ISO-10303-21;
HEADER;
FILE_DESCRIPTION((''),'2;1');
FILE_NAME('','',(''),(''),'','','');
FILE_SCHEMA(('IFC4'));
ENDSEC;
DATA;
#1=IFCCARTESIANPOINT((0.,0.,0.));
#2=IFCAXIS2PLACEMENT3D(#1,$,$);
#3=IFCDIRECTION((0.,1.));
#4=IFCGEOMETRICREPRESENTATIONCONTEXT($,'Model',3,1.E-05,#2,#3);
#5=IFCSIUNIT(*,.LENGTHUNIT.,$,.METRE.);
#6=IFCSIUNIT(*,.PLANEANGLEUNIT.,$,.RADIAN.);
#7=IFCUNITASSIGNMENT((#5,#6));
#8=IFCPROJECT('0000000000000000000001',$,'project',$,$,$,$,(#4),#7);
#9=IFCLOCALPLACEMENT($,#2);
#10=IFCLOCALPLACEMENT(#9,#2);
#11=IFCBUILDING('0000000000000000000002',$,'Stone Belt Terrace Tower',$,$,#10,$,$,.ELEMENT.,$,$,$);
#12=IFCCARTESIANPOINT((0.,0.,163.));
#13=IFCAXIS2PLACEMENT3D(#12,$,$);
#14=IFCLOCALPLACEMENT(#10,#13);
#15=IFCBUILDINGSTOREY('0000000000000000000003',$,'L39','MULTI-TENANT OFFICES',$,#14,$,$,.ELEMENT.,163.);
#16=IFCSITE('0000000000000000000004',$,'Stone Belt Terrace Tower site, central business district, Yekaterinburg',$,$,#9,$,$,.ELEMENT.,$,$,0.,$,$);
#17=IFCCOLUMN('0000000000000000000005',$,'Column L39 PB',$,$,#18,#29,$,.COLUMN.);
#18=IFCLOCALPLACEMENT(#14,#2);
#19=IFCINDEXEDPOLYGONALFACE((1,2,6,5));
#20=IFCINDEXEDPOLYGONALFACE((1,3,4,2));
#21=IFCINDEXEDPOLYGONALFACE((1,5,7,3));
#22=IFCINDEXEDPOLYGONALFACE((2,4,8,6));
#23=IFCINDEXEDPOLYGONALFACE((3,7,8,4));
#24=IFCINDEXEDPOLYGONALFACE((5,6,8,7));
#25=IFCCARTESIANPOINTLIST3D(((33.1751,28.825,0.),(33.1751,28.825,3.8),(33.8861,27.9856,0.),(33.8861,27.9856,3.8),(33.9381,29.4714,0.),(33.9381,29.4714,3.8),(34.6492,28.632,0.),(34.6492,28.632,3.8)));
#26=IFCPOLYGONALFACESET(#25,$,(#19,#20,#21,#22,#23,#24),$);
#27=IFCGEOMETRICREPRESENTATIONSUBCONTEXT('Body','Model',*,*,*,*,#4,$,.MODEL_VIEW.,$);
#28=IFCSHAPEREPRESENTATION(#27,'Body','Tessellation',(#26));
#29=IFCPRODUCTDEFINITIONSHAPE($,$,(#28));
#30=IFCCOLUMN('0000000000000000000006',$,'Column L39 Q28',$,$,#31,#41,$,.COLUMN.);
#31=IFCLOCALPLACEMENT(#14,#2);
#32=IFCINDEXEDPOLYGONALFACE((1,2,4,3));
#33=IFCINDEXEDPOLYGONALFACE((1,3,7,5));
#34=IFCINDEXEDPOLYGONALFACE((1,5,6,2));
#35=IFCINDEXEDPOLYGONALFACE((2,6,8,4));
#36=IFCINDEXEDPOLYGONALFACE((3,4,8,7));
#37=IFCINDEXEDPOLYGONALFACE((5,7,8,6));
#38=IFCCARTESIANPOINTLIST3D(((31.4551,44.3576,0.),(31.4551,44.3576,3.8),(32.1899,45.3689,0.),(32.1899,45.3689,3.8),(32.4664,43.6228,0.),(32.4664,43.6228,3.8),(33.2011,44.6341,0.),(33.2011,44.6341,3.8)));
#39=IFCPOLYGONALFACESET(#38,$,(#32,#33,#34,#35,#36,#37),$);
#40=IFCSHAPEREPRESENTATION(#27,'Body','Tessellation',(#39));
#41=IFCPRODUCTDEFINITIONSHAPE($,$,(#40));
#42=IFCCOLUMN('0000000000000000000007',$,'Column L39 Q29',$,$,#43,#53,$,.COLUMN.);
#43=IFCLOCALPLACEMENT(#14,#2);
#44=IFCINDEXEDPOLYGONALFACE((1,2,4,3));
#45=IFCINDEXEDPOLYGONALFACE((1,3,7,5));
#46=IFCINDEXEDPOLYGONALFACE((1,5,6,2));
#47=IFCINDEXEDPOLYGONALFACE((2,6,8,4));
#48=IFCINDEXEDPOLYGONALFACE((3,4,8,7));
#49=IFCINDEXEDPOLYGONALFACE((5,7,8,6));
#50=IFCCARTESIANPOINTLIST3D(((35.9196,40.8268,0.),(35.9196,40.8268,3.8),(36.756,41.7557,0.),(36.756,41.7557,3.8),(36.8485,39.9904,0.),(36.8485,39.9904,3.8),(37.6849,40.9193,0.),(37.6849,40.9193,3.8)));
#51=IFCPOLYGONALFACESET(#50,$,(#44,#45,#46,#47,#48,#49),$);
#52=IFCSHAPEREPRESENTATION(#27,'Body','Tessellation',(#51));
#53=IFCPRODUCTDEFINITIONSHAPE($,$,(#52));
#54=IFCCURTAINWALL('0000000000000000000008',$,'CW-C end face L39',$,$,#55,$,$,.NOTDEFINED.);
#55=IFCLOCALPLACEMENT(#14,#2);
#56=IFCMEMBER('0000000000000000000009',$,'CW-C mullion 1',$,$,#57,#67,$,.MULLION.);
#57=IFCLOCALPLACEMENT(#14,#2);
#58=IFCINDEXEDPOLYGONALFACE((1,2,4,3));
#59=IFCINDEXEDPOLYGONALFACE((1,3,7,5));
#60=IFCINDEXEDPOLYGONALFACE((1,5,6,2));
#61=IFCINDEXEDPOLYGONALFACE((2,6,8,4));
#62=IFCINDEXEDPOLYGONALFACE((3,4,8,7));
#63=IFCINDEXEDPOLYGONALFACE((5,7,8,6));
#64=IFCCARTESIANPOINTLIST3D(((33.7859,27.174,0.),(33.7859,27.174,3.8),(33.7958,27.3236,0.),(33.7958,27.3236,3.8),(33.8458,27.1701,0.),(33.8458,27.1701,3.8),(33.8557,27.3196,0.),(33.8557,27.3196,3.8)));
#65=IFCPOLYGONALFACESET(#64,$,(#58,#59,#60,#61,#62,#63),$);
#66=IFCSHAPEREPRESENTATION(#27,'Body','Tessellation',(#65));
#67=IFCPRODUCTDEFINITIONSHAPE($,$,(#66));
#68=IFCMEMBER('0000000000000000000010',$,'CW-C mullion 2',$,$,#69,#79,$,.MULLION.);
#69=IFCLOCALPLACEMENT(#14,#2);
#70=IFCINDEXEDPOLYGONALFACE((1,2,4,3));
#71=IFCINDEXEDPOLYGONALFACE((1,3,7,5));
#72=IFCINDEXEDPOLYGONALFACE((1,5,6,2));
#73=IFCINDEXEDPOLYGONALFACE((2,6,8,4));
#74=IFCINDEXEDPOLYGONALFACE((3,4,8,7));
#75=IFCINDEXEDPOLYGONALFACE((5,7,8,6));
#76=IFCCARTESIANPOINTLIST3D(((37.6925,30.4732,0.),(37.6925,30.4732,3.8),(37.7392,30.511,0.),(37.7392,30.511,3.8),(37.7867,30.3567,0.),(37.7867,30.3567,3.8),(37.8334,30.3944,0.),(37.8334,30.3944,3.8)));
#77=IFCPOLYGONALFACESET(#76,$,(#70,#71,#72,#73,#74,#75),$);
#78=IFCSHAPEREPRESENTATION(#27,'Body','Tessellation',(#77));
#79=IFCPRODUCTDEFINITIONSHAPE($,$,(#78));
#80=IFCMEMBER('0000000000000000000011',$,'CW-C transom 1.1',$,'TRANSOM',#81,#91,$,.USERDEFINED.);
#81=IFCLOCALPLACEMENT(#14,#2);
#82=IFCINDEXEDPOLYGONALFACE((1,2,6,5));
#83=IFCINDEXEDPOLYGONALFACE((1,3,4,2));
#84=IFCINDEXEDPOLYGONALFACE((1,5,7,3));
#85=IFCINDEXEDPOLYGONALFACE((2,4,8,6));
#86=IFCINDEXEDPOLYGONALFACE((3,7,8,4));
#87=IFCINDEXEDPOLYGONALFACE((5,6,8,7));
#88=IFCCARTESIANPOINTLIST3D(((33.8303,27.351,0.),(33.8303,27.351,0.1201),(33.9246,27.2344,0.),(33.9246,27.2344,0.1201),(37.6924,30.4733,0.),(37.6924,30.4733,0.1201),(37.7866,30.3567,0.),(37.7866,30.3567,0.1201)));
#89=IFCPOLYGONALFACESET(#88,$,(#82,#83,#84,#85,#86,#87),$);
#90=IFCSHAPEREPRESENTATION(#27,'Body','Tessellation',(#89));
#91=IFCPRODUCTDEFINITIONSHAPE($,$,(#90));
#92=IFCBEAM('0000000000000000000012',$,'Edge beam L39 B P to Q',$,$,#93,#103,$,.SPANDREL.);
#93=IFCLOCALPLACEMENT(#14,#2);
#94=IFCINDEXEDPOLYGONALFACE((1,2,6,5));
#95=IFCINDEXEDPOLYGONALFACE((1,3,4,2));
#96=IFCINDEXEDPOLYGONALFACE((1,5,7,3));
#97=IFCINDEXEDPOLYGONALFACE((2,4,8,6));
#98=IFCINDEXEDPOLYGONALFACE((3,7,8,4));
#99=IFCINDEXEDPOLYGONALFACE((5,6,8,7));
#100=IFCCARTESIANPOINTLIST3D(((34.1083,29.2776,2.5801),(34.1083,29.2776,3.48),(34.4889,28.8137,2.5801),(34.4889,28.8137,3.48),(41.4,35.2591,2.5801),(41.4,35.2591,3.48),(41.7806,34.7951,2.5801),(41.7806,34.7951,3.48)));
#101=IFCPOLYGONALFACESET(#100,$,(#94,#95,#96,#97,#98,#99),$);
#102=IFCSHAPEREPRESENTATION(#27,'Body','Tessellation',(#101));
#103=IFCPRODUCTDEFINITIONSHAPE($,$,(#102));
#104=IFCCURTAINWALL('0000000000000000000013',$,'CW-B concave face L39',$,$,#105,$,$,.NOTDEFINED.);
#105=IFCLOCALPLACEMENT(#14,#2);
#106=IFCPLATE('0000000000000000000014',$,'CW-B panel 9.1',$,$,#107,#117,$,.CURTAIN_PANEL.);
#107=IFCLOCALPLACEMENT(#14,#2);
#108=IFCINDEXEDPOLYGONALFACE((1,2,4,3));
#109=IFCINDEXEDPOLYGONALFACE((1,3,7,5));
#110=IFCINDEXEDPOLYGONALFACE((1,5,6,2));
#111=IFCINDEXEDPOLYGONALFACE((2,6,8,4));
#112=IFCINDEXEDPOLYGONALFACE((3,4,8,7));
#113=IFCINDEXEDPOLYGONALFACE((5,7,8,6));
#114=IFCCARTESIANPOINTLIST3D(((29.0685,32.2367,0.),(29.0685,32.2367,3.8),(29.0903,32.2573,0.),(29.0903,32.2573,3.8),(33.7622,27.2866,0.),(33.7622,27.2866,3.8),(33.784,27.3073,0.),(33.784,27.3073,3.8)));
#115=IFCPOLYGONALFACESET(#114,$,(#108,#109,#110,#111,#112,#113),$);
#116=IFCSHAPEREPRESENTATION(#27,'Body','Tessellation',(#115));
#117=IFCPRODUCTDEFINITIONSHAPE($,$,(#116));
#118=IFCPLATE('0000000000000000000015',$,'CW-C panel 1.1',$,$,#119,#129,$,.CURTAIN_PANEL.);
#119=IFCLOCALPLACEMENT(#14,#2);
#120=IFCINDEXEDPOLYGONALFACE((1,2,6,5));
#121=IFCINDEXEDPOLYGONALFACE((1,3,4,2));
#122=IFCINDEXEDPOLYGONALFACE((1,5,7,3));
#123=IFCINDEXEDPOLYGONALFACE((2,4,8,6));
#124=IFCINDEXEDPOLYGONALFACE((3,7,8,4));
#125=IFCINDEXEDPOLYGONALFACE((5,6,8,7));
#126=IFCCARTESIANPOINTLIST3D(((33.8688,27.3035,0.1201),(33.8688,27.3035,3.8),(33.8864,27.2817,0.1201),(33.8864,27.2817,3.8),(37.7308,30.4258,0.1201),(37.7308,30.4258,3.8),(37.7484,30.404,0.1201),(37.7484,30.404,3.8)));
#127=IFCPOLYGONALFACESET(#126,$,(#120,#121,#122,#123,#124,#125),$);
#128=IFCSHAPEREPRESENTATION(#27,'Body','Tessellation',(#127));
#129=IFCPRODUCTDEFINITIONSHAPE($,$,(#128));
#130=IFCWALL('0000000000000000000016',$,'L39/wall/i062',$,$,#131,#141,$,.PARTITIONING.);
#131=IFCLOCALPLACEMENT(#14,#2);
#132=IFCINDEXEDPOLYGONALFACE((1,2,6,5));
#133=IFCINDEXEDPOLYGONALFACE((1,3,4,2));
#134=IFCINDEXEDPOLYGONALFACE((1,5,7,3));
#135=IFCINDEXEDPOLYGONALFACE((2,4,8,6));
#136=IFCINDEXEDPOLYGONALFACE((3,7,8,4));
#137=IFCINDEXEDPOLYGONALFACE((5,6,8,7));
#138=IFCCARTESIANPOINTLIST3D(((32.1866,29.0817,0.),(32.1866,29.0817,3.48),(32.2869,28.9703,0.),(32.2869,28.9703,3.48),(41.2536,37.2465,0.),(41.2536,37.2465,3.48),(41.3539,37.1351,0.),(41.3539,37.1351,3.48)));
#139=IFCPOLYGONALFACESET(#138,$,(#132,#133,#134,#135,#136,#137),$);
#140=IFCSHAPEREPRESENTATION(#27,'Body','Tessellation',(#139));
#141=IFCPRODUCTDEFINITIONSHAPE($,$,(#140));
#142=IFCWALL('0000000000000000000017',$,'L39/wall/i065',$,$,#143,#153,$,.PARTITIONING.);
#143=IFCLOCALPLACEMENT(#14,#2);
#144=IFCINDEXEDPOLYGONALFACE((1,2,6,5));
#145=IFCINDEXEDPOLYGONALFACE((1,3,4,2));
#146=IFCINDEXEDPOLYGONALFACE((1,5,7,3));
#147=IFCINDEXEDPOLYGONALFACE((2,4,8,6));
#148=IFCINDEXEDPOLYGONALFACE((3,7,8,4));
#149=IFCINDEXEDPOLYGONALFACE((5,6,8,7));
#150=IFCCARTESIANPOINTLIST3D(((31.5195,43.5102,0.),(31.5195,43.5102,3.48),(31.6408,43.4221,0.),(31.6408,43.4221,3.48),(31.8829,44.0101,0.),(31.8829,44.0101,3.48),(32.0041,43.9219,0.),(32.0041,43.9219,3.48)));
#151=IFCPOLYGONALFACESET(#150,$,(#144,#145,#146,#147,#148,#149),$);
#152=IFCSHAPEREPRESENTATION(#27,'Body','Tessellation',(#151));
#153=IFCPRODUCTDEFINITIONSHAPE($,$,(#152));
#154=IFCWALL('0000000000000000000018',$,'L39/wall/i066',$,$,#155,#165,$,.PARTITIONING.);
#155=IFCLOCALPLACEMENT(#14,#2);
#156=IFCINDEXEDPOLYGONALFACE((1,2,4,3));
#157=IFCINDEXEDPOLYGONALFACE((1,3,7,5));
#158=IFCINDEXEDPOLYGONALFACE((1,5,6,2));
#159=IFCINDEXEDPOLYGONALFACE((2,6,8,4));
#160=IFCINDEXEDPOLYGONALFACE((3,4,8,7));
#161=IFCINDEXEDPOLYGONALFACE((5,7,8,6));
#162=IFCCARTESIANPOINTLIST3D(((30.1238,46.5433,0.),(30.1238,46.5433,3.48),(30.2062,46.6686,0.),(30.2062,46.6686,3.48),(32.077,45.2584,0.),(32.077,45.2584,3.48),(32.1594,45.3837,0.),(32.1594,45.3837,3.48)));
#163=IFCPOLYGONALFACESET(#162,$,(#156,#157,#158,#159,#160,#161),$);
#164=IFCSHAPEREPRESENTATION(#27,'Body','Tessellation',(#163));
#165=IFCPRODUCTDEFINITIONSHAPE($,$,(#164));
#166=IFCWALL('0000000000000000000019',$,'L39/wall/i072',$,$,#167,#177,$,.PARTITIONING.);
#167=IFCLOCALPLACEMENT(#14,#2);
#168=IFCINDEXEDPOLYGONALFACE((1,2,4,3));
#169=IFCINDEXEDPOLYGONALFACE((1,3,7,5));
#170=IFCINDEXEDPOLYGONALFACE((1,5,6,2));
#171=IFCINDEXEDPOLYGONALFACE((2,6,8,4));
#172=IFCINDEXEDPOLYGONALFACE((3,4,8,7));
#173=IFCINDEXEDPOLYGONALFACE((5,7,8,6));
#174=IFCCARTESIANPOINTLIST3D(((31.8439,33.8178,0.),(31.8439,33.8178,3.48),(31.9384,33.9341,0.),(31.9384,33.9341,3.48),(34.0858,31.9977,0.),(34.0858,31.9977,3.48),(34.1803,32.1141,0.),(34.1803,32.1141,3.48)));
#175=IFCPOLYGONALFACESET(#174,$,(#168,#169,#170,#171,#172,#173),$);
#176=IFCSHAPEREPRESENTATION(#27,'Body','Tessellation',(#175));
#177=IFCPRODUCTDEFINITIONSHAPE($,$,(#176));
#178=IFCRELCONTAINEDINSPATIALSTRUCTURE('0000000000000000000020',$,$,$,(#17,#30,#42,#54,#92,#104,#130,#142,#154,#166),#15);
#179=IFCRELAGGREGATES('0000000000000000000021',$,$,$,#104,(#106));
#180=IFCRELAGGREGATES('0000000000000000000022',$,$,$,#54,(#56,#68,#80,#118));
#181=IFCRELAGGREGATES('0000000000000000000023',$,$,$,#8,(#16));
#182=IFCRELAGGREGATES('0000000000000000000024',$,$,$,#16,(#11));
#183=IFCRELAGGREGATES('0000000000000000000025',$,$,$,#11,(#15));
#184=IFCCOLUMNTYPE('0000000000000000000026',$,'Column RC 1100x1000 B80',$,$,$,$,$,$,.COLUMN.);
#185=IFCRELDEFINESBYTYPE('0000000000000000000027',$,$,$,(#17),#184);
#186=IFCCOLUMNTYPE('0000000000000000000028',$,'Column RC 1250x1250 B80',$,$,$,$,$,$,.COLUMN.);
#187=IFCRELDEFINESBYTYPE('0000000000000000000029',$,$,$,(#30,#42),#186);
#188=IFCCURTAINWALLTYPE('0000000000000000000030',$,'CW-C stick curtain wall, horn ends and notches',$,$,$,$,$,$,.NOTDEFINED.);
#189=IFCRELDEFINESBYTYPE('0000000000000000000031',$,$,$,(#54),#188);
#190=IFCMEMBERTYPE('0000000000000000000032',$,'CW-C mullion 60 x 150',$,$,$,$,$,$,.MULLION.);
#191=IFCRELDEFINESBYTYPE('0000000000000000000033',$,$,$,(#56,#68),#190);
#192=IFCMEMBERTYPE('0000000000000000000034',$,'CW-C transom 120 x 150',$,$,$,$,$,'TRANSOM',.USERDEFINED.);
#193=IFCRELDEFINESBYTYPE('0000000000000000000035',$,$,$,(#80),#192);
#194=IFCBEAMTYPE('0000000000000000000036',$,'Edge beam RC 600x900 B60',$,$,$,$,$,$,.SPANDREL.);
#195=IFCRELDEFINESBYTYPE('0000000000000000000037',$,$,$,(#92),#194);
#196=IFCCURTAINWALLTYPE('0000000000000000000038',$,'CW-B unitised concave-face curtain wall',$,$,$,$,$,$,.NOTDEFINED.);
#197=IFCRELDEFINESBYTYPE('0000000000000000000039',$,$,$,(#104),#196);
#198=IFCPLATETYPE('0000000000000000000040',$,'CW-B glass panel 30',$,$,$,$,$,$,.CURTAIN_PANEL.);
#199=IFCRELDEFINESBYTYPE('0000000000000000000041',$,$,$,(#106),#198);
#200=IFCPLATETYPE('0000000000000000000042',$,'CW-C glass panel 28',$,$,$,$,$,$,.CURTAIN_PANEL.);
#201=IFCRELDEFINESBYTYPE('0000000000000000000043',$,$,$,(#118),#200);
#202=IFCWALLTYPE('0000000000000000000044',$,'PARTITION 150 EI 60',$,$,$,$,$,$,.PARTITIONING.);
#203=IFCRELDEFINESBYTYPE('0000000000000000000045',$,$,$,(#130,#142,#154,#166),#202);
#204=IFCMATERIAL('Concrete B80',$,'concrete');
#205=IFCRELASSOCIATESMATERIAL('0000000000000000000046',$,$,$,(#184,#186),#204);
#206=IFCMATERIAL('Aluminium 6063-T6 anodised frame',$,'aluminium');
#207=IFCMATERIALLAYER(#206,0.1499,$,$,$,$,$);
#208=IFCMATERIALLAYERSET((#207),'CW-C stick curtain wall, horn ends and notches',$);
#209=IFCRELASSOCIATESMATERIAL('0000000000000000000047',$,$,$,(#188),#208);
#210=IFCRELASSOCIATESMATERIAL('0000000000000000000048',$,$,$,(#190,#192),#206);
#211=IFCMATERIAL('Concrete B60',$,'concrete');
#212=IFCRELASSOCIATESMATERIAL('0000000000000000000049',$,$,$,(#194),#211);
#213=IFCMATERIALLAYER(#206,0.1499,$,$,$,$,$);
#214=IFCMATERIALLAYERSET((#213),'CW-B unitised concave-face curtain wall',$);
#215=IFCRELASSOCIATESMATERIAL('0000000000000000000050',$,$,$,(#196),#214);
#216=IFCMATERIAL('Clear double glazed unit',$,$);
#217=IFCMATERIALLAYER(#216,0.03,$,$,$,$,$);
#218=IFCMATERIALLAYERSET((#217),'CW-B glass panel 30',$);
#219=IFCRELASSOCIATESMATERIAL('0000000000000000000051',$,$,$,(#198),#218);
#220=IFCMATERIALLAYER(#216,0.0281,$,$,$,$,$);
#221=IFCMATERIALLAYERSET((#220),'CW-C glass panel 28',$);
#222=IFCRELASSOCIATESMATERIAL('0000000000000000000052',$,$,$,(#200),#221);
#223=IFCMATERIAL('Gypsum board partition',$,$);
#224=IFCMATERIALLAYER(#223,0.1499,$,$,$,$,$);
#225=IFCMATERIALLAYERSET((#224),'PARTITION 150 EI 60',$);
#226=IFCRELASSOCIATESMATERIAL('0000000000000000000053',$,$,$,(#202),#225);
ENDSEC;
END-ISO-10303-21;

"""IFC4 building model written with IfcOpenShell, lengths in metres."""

from ifc_helpers import new_model, si_unit, direction, frame, frame_2d, origin, origin_2d, place, context, subcontext, project, spatial, rectangle, extrude, material, layer, layer_set, material_profile, profile_set, type_object, element, aggregate, save


model = new_model("IFC4")

# Units and contexts
model_context = context("Model", 3, precision=1e-05, world=origin(), true_north=direction((0.0, 1.0)))
body_context = subcontext(model_context, "Body", "Model", "MODEL_VIEW")
ifc_project = project(units=[si_unit("LENGTHUNIT", "METRE"), si_unit("PLANEANGLEUNIT", "RADIAN")], contexts=[model_context])

# Site, building, storey
site_placement = place(None, origin())
site = spatial("IfcSite", under=ifc_project, at=site_placement, Name="Stone Belt Terrace Tower site, central business district, Yekaterinburg", CompositionType="ELEMENT", RefElevation=0.0)
building_placement = place(site_placement, origin())
building = spatial("IfcBuilding", under=site, at=building_placement, Name="Stone Belt Terrace Tower", CompositionType="ELEMENT")
storey_placement = place(building_placement, frame((0.0, 0.0, 163.0)))
storey = spatial("IfcBuildingStorey", under=building, at=storey_placement, Name="L39", Description="MULTI-TENANT OFFICES", CompositionType="ELEMENT", Elevation=163.0)

# Columns
ifc_material_1 = material(Name="Concrete B80", Category="concrete")
ifc_material_profile_1 = material_profile(ifc_material_1, rectangle(XDim=1.1001, YDim=1.0, at=origin_2d()), Name="RC 1100x1000")
ifc_profile_set_1 = profile_set([ifc_material_profile_1], Name="Concrete B80")
column_type_1 = type_object("IfcColumnType", Name="Column RC 1100x1000 B80", PredefinedType="COLUMN", material=ifc_profile_set_1)
column_placement = place(storey_placement, frame((33.9121, 28.7285, 0.0), z_axis=(0.0, 0.0, 1.0), x_axis=(0.646385, -0.763011, 0.0)))
element("IfcColumn", 1, at=column_placement, inside=storey, type_object=column_type_1, Name="Column L39 PB", PredefinedType="COLUMN", context=body_context, shape_type="SweptSolid", body=[
    extrude(rectangle(XDim=1.1001, YDim=1.0, at=origin_2d()), origin(), (0.0, 0.0, 1.0), 3.8),
])
ifc_material_profile_2 = material_profile(ifc_material_1, rectangle(XDim=1.25, YDim=1.25, at=origin_2d()), Name="RC 1250x1250")
ifc_profile_set_2 = profile_set([ifc_material_profile_2], Name="Concrete B80")
column_type_2 = type_object("IfcColumnType", Name="Column RC 1250x1250 B80", PredefinedType="COLUMN", material=ifc_profile_set_2)
for number, where, z_axis, x_axis, name in (
    (2, (32.3281, 44.4958, 0.0), (0.0, 0.0, 1.0), (0.809017, -0.587785, 0.0), "Column L39 Q28"),
    (3, (36.8022, 40.873, 0.0), (0.0, 0.0, 1.0), (0.743145, -0.669131, 0.0), "Column L39 Q29"),
):
    element("IfcColumn", number, at=place(storey_placement, frame(where, z_axis=z_axis, x_axis=x_axis)), inside=storey, type_object=column_type_2, Name=name, PredefinedType="COLUMN", context=body_context, shape_type="SweptSolid", body=[
        extrude(rectangle(XDim=1.25, YDim=1.25, at=origin_2d()), origin(), (0.0, 0.0, 1.0), 3.8),
    ])

# Curtain wall, members
ifc_material_2 = material(Name="Aluminium 6063-T6 anodised frame", Category="aluminium")
ifc_layer_1 = layer(ifc_material_2, 0.1499)
ifc_layer_set_1 = layer_set([ifc_layer_1], Name="CW-C stick curtain wall, horn ends and notches")
curtain_wall_type_1 = type_object("IfcCurtainWallType", Name="CW-C stick curtain wall, horn ends and notches", PredefinedType="NOTDEFINED", material=ifc_layer_set_1)
curtain_wall_1_placement = place(storey_placement, origin())
curtain_wall_1 = element("IfcCurtainWall", 4, at=curtain_wall_1_placement, inside=storey, type_object=curtain_wall_type_1, Name="CW-C end face L39", PredefinedType="NOTDEFINED")
ifc_material_profile_3 = material_profile(ifc_material_2, rectangle(XDim=0.1499, YDim=0.0601, at=origin_2d()), Name="Aluminium 6063-T6 60x150")
ifc_profile_set_3 = profile_set([ifc_material_profile_3], Name="Aluminium 6063-T6 anodised frame")
member_type_1 = type_object("IfcMemberType", Name="CW-C mullion 60 x 150", PredefinedType="MULLION", material=ifc_profile_set_3)
member_1_placement = place(storey_placement, frame((33.8208, 27.2468, 0.0), z_axis=(0.0, 0.0, 1.0), x_axis=(0.065995, 0.99782, 0.0)))
member_1 = element("IfcMember", 5, at=member_1_placement, type_object=member_type_1, Name="CW-C mullion 1", PredefinedType="MULLION", context=body_context, shape_type="SweptSolid", body=[
    extrude(rectangle(XDim=0.1499, YDim=0.0601, at=origin_2d()), origin(), (0.0, 0.0, 1.0), 3.8),
])
member_2_placement = place(storey_placement, frame((37.7629, 30.4338, 0.0), z_axis=(0.0, 0.0, 1.0), x_axis=(-0.628705, 0.777644, 0.0)))
member_2 = element("IfcMember", 6, at=member_2_placement, type_object=member_type_1, Name="CW-C mullion 2", PredefinedType="MULLION", context=body_context, shape_type="SweptSolid", body=[
    extrude(rectangle(XDim=0.1499, YDim=0.0601, at=origin_2d()), origin(), (0.0, 0.0, 1.0), 3.8),
])
ifc_material_profile_4 = material_profile(ifc_material_2, rectangle(XDim=0.1499, YDim=0.1201, at=origin_2d()), Name="Aluminium 6063-T6 150x120")
ifc_profile_set_4 = profile_set([ifc_material_profile_4], Name="Aluminium 6063-T6 anodised frame")
member_type_2 = type_object("IfcMemberType", Name="CW-C transom 120 x 150", ElementType="TRANSOM", PredefinedType="USERDEFINED", material=ifc_profile_set_4)
member_3_placement = place(storey_placement, frame((33.8774, 27.2927, 0.0601), z_axis=(0.77765, 0.628697, 0.0), x_axis=(-0.628697, 0.77765, 0.0)))
member_3 = element("IfcMember", 7, at=member_3_placement, type_object=member_type_2, Name="CW-C transom 1.1", ObjectType="TRANSOM", PredefinedType="USERDEFINED", context=body_context, shape_type="SweptSolid", body=[
    extrude(rectangle(XDim=0.1499, YDim=0.1201, at=origin_2d()), origin(), (0.0, 0.0, 1.0), 4.9663),
])

# Beam
ifc_material_3 = material(Name="Concrete B60", Category="concrete")
ifc_material_profile_5 = material_profile(ifc_material_3, rectangle(XDim=0.6001, YDim=0.8999, at=origin_2d()), Name="RC 600x900")
ifc_profile_set_5 = profile_set([ifc_material_profile_5], Name="Concrete B60")
beam_type = type_object("IfcBeamType", Name="Edge beam RC 600x900 B60", PredefinedType="SPANDREL", material=ifc_profile_set_5)
beam_placement = place(storey_placement, frame((34.2986, 29.0457, 3.03), z_axis=(0.773153, 0.63422, 0.0), x_axis=(-0.63422, 0.773153, 0.0)))
element("IfcBeam", 8, at=beam_placement, inside=storey, type_object=beam_type, Name="Edge beam L39 B P to Q", PredefinedType="SPANDREL", context=body_context, shape_type="SweptSolid", body=[
    extrude(rectangle(XDim=0.6001, YDim=0.8999, at=origin_2d()), origin(), (0.0, 0.0, 1.0), 9.4312),
])

# Curtain wall, plate
ifc_layer_2 = layer(ifc_material_2, 0.1499)
ifc_layer_set_2 = layer_set([ifc_layer_2], Name="CW-B unitised concave-face curtain wall")
curtain_wall_type_2 = type_object("IfcCurtainWallType", Name="CW-B unitised concave-face curtain wall", PredefinedType="NOTDEFINED", material=ifc_layer_set_2)
curtain_wall_2_placement = place(storey_placement, origin())
curtain_wall_2 = element("IfcCurtainWall", 9, at=curtain_wall_2_placement, inside=storey, type_object=curtain_wall_type_2, Name="CW-B concave face L39", PredefinedType="NOTDEFINED")
ifc_material_4 = material(Name="Clear double glazed unit")
ifc_layer_3 = layer(ifc_material_4, 0.03)
ifc_layer_set_3 = layer_set([ifc_layer_3], Name="CW-B glass panel 30")
plate_type_1 = type_object("IfcPlateType", Name="CW-B glass panel 30", PredefinedType="CURTAIN_PANEL", material=ifc_layer_set_3)
plate_1_placement = place(storey_placement, frame((31.4263, 29.772, 0.0), z_axis=(0.0, 0.0, 1.0), x_axis=(0.688068, -0.725647, 0.0)))
plate_1 = element("IfcPlate", 10, at=plate_1_placement, type_object=plate_type_1, Name="CW-B panel 9.1", PredefinedType="CURTAIN_PANEL", context=body_context, shape_type="SweptSolid", body=[
    extrude(rectangle(XDim=6.8215, YDim=0.03, at=origin_2d()), origin(), (0.0, 0.0, 1.0), 3.8),
])
aggregate(curtain_wall_2, [plate_1])

# Plate
ifc_layer_4 = layer(ifc_material_4, 0.0281)
ifc_layer_set_4 = layer_set([ifc_layer_4], Name="CW-C glass panel 28")
plate_type_2 = type_object("IfcPlateType", Name="CW-C glass panel 28", PredefinedType="CURTAIN_PANEL", material=ifc_layer_set_4)
plate_2_placement = place(storey_placement, frame((35.8086, 28.8538, 0.1201), z_axis=(0.0, 0.0, 1.0), x_axis=(0.777644, 0.628705, 0.0)))
plate_2 = element("IfcPlate", 11, at=plate_2_placement, type_object=plate_type_2, Name="CW-C panel 1.1", PredefinedType="CURTAIN_PANEL", context=body_context, shape_type="SweptSolid", body=[
    extrude(rectangle(XDim=4.9663, YDim=0.0281, at=origin_2d()), origin(), (0.0, 0.0, 1.0), 3.6799),
])
aggregate(curtain_wall_1, [member_1, member_2, member_3, plate_2])

# Walls
ifc_material_5 = material(Name="Gypsum board partition")
ifc_layer_5 = layer(ifc_material_5, 0.1499)
ifc_layer_set_5 = layer_set([ifc_layer_5], Name="PARTITION 150 EI 60")
wall_type_1 = type_object("IfcWallType", Name="PARTITION 150 EI 60", PredefinedType="PARTITIONING", material=ifc_layer_set_5)
wall_1_placement = place(storey_placement, frame((32.2368, 29.0261, 0.0), z_axis=(0.0, 0.0, 1.0), x_axis=(0.743116, 0.669163, 0.0)))
element("IfcWall", 12, at=wall_1_placement, inside=storey, type_object=wall_type_1, Name="L39/wall/i062", PredefinedType="PARTITIONING", context=body_context, shape_type="SweptSolid", body=[
    extrude(rectangle(XDim=12.2014, YDim=0.1499, at=frame_2d((6.1006, 0.0))), origin(), (0.0, 0.0, 1.0), 3.48),
])
wall_2_placement = place(storey_placement, frame((31.5801, 43.4661, 0.0), z_axis=(0.0, 0.0, 1.0), x_axis=(0.587984, 0.808873, 0.0)))
element("IfcWall", 13, at=wall_2_placement, inside=storey, type_object=wall_type_1, Name="L39/wall/i065", PredefinedType="PARTITIONING", context=body_context, shape_type="SweptSolid", body=[
    extrude(rectangle(XDim=0.6179, YDim=0.1499, at=frame_2d((0.3091, 0.0))), origin(), (0.0, 0.0, 1.0), 3.48),
])
wall_3_placement = place(storey_placement, frame((32.1182, 45.321, 0.0), z_axis=(0.0, 0.0, 1.0), x_axis=(-0.835425, 0.549605, 0.0)))
element("IfcWall", 14, at=wall_3_placement, inside=storey, type_object=wall_type_1, Name="L39/wall/i066", PredefinedType="PARTITIONING", context=body_context, shape_type="SweptSolid", body=[
    extrude(rectangle(XDim=2.3379, YDim=0.1499, at=frame_2d((1.1689, 0.0))), origin(), (0.0, 0.0, 1.0), 3.48),
])
wall_4_placement = place(storey_placement, frame((34.1331, 32.0559, 0.0), z_axis=(0.0, 0.0, 1.0), x_axis=(-0.77637, 0.630277, 0.0)))
element("IfcWall", 15, at=wall_4_placement, inside=storey, type_object=wall_type_1, Name="L39/wall/i072", PredefinedType="PARTITIONING", context=body_context, shape_type="SweptSolid", body=[
    extrude(rectangle(XDim=2.8877, YDim=0.1499, at=frame_2d((1.4438, 0.0))), origin(), (0.0, 0.0, 1.0), 3.48),
])

save(model, "model.ifc")
